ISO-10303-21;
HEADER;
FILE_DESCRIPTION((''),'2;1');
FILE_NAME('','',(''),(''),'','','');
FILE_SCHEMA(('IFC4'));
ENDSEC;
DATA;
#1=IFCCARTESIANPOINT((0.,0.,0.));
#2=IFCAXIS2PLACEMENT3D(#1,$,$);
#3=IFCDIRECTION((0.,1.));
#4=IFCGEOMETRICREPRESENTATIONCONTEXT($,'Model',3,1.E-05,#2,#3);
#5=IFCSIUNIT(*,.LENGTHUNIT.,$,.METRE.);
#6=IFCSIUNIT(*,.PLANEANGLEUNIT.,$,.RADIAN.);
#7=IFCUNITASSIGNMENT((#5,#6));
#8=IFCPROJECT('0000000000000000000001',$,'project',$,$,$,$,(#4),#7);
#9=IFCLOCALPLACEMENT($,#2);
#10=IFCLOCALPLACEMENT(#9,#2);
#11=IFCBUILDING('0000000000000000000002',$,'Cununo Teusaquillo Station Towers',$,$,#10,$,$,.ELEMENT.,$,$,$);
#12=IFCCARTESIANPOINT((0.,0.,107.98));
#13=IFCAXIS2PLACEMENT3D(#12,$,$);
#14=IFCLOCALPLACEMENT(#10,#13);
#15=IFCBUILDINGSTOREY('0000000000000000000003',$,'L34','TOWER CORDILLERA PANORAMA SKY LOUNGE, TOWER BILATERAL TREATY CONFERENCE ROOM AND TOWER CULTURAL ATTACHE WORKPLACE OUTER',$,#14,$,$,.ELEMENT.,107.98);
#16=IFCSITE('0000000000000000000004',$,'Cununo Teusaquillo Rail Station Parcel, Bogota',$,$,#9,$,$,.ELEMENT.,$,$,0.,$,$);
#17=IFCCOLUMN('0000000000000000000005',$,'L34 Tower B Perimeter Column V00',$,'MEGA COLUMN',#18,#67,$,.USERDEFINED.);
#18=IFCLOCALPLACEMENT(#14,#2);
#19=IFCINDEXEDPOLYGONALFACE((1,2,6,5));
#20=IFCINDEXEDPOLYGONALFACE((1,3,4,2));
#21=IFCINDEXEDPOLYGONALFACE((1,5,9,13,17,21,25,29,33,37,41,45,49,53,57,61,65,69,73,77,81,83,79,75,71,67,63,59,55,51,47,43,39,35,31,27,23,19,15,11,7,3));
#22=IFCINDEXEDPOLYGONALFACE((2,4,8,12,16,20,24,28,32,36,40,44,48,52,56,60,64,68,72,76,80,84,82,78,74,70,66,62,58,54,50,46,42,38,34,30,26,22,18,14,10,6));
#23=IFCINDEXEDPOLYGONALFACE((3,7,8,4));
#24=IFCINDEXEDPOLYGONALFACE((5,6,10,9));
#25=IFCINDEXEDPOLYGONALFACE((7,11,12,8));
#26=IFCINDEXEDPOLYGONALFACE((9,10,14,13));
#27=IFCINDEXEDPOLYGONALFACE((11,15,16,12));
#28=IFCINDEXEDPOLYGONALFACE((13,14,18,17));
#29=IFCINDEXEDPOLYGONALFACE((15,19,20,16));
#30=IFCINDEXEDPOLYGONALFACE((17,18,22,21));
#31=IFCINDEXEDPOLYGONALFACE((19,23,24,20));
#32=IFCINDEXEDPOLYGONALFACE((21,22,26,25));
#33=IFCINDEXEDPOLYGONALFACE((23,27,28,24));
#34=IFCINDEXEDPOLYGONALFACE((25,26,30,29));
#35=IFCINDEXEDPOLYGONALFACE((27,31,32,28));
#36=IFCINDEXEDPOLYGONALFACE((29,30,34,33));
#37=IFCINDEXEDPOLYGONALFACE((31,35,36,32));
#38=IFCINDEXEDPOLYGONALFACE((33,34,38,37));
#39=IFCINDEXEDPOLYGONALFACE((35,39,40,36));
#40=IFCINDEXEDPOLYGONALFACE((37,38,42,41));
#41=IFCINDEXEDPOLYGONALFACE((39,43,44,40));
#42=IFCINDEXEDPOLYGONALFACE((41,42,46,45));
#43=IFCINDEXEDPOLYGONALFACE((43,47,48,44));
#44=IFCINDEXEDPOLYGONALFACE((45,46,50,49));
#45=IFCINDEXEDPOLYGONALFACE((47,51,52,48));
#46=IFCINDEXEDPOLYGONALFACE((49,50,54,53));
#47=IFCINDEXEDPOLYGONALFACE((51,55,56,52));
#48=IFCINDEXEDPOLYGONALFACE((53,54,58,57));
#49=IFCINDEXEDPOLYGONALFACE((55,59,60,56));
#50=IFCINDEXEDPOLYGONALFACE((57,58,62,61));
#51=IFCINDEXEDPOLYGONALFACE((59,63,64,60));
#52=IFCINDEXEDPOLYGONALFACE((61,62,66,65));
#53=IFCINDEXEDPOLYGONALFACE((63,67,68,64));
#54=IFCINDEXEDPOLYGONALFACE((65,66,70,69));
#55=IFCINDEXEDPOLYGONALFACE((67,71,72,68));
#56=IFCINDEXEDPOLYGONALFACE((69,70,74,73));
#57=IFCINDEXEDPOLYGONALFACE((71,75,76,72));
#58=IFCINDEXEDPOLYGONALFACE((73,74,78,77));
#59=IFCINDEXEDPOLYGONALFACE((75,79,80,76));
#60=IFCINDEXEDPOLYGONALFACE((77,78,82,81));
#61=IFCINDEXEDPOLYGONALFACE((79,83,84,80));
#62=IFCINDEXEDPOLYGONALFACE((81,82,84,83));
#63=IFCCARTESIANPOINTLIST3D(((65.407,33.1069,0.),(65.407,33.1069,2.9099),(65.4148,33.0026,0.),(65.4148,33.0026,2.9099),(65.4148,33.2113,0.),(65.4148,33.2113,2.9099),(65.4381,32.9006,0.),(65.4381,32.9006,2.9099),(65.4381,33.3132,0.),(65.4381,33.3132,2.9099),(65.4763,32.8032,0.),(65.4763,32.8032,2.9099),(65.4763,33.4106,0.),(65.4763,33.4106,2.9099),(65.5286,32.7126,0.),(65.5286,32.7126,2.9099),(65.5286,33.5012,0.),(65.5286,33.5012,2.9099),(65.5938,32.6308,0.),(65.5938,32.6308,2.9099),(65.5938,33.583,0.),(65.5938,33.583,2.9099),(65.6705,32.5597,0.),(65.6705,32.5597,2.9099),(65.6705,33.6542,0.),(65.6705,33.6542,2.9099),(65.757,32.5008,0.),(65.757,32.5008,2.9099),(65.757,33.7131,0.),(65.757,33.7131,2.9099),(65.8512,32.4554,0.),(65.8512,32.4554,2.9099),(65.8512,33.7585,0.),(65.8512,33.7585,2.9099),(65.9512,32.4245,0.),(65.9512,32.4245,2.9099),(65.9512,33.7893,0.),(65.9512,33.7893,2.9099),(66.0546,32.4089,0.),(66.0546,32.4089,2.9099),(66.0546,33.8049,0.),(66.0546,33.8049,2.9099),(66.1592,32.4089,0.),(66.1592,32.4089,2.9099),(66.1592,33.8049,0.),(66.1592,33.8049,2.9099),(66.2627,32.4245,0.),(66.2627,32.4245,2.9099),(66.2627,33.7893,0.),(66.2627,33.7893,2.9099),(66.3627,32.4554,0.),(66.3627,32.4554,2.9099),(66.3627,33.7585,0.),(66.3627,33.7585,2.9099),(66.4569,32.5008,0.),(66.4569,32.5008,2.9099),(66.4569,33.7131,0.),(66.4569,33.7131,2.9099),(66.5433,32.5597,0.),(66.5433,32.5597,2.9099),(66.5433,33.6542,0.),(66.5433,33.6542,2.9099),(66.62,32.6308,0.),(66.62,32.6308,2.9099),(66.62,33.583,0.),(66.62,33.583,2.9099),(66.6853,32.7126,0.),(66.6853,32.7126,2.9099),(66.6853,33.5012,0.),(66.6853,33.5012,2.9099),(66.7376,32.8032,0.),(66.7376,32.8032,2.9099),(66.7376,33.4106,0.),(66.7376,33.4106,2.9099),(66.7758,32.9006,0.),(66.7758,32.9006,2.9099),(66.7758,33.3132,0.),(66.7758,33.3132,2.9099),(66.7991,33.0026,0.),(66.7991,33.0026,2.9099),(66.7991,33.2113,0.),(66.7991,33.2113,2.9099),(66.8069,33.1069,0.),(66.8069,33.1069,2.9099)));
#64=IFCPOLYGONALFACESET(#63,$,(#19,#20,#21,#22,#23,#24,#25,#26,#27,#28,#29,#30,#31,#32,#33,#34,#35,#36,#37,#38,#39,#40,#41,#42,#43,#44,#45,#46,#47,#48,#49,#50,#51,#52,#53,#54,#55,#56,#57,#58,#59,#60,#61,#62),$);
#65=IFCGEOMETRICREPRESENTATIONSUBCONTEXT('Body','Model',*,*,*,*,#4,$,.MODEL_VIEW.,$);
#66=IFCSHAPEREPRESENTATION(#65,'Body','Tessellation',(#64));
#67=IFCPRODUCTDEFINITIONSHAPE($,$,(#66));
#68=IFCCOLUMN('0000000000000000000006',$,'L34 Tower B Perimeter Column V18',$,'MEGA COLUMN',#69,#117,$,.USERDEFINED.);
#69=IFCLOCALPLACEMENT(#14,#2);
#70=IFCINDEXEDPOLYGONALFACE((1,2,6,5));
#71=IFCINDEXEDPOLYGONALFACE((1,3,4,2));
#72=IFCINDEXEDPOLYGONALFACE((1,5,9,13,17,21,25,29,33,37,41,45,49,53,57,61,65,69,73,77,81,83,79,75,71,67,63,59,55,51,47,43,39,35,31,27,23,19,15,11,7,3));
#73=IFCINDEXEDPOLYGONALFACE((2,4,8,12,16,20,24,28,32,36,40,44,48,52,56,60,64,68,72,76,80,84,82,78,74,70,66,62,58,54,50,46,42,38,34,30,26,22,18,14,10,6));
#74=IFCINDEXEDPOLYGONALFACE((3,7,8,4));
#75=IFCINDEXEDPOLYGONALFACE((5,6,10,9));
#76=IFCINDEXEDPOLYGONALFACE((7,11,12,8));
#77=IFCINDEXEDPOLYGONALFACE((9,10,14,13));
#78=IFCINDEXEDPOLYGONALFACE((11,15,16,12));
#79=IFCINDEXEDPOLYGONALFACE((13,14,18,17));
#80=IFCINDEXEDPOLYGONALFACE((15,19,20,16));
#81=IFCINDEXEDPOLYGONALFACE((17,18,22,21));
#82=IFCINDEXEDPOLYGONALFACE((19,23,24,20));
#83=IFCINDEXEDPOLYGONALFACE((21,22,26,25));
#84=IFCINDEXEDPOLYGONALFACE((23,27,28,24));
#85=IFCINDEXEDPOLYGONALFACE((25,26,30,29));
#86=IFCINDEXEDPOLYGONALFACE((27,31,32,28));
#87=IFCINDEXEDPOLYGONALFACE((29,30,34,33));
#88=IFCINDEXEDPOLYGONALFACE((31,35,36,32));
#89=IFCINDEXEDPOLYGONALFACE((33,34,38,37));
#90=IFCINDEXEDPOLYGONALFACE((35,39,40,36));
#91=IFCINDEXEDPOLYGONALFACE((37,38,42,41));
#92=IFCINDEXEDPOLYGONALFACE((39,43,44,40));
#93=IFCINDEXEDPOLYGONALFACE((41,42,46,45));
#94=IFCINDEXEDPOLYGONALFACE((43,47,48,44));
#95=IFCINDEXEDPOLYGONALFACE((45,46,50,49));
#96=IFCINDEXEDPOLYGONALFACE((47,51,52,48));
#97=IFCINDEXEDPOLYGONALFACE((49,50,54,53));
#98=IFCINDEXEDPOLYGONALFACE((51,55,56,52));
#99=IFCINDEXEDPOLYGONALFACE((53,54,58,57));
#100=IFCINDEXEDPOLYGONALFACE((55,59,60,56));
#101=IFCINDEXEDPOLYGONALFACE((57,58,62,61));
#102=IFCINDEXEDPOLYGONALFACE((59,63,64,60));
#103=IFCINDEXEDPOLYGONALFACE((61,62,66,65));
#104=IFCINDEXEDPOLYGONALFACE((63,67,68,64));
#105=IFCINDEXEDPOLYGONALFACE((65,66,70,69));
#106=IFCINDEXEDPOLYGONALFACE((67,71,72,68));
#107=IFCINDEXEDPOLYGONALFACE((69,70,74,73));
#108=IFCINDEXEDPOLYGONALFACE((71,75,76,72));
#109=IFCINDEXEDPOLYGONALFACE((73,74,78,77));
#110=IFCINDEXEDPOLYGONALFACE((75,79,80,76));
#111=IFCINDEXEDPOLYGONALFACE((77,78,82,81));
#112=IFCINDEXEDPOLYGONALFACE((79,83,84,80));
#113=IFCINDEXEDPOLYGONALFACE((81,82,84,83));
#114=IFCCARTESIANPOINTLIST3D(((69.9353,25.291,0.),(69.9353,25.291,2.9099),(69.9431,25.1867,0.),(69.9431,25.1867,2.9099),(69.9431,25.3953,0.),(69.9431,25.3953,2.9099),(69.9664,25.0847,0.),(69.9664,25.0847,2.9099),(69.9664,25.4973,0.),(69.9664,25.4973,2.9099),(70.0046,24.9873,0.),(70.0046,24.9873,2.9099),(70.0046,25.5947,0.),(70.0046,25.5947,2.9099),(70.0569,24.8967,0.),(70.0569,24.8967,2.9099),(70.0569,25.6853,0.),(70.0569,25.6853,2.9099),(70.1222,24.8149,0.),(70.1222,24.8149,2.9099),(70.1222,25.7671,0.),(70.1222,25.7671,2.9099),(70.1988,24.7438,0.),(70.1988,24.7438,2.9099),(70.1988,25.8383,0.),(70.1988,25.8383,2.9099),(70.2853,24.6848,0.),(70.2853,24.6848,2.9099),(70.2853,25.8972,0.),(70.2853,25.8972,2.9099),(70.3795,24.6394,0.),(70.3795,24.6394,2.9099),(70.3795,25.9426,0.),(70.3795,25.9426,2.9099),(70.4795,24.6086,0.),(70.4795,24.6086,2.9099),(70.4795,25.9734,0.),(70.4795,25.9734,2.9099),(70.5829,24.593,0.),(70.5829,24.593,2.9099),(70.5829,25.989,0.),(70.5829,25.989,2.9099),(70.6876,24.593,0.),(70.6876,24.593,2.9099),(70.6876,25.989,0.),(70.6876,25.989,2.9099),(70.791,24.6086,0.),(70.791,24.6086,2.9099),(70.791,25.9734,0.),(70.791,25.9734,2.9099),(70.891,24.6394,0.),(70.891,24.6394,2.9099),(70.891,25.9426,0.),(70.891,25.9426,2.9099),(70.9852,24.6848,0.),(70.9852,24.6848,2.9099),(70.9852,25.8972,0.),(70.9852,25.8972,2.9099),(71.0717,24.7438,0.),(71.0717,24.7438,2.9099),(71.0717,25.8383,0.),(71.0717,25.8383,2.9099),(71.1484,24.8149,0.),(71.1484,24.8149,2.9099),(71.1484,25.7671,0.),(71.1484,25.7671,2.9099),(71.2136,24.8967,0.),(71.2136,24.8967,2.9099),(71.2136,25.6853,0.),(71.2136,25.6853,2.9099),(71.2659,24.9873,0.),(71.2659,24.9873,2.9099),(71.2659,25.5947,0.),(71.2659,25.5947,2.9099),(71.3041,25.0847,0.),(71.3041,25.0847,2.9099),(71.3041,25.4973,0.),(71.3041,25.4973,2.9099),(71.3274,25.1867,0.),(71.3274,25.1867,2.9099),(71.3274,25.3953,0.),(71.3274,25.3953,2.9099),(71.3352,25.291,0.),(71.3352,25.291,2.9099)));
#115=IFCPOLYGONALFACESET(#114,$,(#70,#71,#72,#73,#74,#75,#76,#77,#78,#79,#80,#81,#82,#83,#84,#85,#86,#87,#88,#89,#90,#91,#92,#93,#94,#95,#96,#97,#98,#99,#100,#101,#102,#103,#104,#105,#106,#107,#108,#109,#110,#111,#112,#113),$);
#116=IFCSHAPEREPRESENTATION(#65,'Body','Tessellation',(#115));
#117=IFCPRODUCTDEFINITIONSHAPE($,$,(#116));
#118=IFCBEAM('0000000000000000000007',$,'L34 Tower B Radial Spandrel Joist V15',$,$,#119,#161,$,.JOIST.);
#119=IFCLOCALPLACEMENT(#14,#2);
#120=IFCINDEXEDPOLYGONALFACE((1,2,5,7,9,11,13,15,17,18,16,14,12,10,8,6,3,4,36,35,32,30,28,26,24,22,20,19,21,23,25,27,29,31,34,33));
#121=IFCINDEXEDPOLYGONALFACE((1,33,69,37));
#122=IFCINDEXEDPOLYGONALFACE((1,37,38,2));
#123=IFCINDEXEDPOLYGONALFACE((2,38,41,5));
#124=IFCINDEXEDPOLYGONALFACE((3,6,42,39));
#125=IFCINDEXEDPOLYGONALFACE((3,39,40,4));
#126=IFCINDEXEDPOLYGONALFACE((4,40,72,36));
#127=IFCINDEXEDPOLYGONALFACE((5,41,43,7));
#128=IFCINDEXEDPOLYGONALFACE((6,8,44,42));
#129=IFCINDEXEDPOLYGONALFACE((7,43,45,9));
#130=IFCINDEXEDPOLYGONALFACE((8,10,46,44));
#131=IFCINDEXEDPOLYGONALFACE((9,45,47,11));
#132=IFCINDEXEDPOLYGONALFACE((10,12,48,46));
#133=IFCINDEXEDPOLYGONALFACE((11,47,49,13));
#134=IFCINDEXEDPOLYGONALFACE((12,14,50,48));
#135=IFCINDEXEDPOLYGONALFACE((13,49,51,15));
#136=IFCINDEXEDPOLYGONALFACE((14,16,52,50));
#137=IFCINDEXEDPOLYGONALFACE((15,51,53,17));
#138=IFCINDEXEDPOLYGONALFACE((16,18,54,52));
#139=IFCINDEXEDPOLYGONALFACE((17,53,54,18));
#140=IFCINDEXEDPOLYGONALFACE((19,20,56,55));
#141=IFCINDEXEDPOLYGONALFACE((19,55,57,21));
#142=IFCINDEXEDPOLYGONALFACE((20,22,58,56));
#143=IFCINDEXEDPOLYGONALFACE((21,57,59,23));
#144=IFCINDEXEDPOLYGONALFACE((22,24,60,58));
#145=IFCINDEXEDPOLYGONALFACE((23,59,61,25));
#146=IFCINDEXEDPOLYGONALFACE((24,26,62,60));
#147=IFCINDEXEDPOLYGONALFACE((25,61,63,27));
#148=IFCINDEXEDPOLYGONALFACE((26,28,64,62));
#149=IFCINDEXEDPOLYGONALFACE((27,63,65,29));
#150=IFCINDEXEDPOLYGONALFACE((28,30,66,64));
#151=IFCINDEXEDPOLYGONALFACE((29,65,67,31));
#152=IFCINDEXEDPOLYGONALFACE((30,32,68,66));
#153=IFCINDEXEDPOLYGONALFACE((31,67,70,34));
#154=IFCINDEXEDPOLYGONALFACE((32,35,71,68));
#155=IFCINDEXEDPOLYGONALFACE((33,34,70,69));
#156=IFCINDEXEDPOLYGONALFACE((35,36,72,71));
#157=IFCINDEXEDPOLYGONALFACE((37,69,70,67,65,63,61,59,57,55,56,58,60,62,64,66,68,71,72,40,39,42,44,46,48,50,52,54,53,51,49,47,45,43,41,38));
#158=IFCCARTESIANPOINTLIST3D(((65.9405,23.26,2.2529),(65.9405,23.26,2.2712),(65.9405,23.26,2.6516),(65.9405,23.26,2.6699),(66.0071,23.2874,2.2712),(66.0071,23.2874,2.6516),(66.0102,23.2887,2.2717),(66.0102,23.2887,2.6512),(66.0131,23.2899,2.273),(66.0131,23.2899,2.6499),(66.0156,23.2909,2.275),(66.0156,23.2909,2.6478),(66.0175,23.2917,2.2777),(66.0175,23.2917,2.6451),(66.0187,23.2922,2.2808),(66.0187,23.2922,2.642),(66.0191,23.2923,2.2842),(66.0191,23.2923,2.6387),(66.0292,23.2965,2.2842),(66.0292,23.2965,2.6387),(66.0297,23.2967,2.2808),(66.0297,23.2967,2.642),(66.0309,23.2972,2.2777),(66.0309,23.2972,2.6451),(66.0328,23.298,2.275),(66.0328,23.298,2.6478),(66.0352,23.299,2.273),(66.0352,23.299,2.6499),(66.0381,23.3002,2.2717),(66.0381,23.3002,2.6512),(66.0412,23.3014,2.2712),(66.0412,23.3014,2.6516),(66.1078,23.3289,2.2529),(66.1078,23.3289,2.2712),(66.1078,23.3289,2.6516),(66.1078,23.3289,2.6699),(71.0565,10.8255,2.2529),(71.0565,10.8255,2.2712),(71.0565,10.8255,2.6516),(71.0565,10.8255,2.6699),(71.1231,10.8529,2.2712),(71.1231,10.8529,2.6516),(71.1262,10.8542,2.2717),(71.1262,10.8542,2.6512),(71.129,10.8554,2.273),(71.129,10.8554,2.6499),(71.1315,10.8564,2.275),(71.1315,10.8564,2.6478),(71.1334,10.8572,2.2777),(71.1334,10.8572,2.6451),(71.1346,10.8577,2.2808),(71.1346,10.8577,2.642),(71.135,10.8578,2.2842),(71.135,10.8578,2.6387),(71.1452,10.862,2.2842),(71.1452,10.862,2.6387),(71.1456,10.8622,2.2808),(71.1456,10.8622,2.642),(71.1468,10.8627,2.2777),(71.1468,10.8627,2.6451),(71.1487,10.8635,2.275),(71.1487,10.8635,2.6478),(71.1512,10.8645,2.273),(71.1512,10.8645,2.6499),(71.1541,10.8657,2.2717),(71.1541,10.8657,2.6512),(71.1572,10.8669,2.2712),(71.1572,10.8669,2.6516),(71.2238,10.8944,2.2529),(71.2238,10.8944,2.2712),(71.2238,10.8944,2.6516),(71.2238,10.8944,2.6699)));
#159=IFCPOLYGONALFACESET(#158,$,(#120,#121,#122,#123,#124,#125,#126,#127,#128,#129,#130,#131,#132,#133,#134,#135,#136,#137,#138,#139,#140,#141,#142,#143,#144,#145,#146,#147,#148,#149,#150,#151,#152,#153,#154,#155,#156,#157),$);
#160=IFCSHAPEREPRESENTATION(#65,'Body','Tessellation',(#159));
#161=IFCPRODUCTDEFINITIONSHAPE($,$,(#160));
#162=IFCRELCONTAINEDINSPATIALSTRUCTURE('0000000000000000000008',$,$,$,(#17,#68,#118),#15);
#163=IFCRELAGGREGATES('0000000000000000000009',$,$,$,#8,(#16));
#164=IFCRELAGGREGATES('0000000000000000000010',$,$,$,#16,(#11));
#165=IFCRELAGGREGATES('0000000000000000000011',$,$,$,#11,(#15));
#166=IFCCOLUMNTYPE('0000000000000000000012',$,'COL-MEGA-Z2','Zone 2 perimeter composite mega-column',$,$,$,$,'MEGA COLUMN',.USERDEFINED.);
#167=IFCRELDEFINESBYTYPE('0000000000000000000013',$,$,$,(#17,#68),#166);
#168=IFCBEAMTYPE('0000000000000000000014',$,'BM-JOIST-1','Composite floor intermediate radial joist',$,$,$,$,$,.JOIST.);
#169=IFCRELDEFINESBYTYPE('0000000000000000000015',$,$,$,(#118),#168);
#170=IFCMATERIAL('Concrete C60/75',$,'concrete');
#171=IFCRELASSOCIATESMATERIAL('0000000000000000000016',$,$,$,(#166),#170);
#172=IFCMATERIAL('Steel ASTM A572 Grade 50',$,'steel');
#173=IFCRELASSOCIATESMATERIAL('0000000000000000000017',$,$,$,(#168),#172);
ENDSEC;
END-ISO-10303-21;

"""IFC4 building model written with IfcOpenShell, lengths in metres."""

from ifc_helpers import new_model, si_unit, direction, frame, origin, origin_2d, place, context, subcontext, project, spatial, circle, i_section, extrude, material, material_profile, profile_set, type_object, element, save


model = new_model("IFC4")

# Units and contexts
model_context = context("Model", 3, precision=1e-05, world=origin(), true_north=direction((0.0, 1.0)))
body_context = subcontext(model_context, "Body", "Model", "MODEL_VIEW")
ifc_project = project(units=[si_unit("LENGTHUNIT", "METRE"), si_unit("PLANEANGLEUNIT", "RADIAN")], contexts=[model_context])

# Site, building, storey
site_placement = place(None, origin())
site = spatial("IfcSite", under=ifc_project, at=site_placement, Name="Cununo Teusaquillo Rail Station Parcel, Bogota", CompositionType="ELEMENT", RefElevation=0.0)
building_placement = place(site_placement, origin())
building = spatial("IfcBuilding", under=site, at=building_placement, Name="Cununo Teusaquillo Station Towers", CompositionType="ELEMENT")
storey_placement = place(building_placement, frame((0.0, 0.0, 107.98)))
storey = spatial("IfcBuildingStorey", under=building, at=storey_placement, Name="L34", Description="TOWER CORDILLERA PANORAMA SKY LOUNGE, TOWER BILATERAL TREATY CONFERENCE ROOM AND TOWER CULTURAL ATTACHE WORKPLACE OUTER", CompositionType="ELEMENT", Elevation=107.98)

# Columns
ifc_material_1 = material(Name="Concrete C60/75", Category="concrete")
ifc_material_profile_1 = material_profile(ifc_material_1, circle(Radius=0.7, at=origin_2d()), Name="RC-CIRC-1400")
ifc_profile_set_1 = profile_set([ifc_material_profile_1], Name="Concrete C60/75")
column_type = type_object("IfcColumnType", Name="COL-MEGA-Z2", Description="Zone 2 perimeter composite mega-column", ElementType="MEGA COLUMN", PredefinedType="USERDEFINED", material=ifc_profile_set_1)
for number, where, z_axis, x_axis, name in (
    (1, (66.1069, 33.1069, 0.0), (0.0, 0.0, 1.0), (1.0, 0.0, 0.0), "L34 Tower B Perimeter Column V00"),
    (2, (70.6353, 25.291, 0.0), (0.0, 0.0, 1.0), (1.0, 0.0, 0.0), "L34 Tower B Perimeter Column V18"),
):
    element("IfcColumn", number, at=place(storey_placement, frame(where, z_axis=z_axis, x_axis=x_axis)), inside=storey, type_object=column_type, Name=name, ObjectType="MEGA COLUMN", PredefinedType="USERDEFINED", context=body_context, shape_type="SweptSolid", body=[
        extrude(circle(Radius=0.7, at=origin_2d()), origin(), (0.0, 0.0, 1.0), 2.9099),
    ])

# Beam
ifc_material_2 = material(Name="Steel ASTM A572 Grade 50", Category="steel")
ifc_material_profile_2 = material_profile(ifc_material_2, i_section(OverallWidth=0.1809, OverallDepth=0.417, WebThickness=0.011, FlangeThickness=0.0183, FilletRadius=0.0129, at=origin_2d()), Name="W16X57")
ifc_profile_set_2 = profile_set([ifc_material_profile_2], Name="Steel ASTM A572 Grade 50")
beam_type_1 = type_object("IfcBeamType", Name="BM-JOIST-1", Description="Composite floor intermediate radial joist", PredefinedType="JOIST", material=ifc_profile_set_2)
beam_1_placement = place(storey_placement, frame((66.0242, 23.2944, 2.4614), z_axis=(0.380486, -0.924787, 0.0), x_axis=(0.924787, 0.380486, 0.0)))
element("IfcBeam", 3, at=beam_1_placement, inside=storey, type_object=beam_type_1, Name="L34 Tower B Radial Spandrel Joist V15", PredefinedType="JOIST", context=body_context, shape_type="SweptSolid", body=[
    extrude(i_section(OverallWidth=0.1809, OverallDepth=0.417, WebThickness=0.011, FlangeThickness=0.0183, FilletRadius=0.0129, at=origin_2d()), origin(), (0.0, 0.0, 1.0), 13.4458),
])

save(model, "model.ifc")
